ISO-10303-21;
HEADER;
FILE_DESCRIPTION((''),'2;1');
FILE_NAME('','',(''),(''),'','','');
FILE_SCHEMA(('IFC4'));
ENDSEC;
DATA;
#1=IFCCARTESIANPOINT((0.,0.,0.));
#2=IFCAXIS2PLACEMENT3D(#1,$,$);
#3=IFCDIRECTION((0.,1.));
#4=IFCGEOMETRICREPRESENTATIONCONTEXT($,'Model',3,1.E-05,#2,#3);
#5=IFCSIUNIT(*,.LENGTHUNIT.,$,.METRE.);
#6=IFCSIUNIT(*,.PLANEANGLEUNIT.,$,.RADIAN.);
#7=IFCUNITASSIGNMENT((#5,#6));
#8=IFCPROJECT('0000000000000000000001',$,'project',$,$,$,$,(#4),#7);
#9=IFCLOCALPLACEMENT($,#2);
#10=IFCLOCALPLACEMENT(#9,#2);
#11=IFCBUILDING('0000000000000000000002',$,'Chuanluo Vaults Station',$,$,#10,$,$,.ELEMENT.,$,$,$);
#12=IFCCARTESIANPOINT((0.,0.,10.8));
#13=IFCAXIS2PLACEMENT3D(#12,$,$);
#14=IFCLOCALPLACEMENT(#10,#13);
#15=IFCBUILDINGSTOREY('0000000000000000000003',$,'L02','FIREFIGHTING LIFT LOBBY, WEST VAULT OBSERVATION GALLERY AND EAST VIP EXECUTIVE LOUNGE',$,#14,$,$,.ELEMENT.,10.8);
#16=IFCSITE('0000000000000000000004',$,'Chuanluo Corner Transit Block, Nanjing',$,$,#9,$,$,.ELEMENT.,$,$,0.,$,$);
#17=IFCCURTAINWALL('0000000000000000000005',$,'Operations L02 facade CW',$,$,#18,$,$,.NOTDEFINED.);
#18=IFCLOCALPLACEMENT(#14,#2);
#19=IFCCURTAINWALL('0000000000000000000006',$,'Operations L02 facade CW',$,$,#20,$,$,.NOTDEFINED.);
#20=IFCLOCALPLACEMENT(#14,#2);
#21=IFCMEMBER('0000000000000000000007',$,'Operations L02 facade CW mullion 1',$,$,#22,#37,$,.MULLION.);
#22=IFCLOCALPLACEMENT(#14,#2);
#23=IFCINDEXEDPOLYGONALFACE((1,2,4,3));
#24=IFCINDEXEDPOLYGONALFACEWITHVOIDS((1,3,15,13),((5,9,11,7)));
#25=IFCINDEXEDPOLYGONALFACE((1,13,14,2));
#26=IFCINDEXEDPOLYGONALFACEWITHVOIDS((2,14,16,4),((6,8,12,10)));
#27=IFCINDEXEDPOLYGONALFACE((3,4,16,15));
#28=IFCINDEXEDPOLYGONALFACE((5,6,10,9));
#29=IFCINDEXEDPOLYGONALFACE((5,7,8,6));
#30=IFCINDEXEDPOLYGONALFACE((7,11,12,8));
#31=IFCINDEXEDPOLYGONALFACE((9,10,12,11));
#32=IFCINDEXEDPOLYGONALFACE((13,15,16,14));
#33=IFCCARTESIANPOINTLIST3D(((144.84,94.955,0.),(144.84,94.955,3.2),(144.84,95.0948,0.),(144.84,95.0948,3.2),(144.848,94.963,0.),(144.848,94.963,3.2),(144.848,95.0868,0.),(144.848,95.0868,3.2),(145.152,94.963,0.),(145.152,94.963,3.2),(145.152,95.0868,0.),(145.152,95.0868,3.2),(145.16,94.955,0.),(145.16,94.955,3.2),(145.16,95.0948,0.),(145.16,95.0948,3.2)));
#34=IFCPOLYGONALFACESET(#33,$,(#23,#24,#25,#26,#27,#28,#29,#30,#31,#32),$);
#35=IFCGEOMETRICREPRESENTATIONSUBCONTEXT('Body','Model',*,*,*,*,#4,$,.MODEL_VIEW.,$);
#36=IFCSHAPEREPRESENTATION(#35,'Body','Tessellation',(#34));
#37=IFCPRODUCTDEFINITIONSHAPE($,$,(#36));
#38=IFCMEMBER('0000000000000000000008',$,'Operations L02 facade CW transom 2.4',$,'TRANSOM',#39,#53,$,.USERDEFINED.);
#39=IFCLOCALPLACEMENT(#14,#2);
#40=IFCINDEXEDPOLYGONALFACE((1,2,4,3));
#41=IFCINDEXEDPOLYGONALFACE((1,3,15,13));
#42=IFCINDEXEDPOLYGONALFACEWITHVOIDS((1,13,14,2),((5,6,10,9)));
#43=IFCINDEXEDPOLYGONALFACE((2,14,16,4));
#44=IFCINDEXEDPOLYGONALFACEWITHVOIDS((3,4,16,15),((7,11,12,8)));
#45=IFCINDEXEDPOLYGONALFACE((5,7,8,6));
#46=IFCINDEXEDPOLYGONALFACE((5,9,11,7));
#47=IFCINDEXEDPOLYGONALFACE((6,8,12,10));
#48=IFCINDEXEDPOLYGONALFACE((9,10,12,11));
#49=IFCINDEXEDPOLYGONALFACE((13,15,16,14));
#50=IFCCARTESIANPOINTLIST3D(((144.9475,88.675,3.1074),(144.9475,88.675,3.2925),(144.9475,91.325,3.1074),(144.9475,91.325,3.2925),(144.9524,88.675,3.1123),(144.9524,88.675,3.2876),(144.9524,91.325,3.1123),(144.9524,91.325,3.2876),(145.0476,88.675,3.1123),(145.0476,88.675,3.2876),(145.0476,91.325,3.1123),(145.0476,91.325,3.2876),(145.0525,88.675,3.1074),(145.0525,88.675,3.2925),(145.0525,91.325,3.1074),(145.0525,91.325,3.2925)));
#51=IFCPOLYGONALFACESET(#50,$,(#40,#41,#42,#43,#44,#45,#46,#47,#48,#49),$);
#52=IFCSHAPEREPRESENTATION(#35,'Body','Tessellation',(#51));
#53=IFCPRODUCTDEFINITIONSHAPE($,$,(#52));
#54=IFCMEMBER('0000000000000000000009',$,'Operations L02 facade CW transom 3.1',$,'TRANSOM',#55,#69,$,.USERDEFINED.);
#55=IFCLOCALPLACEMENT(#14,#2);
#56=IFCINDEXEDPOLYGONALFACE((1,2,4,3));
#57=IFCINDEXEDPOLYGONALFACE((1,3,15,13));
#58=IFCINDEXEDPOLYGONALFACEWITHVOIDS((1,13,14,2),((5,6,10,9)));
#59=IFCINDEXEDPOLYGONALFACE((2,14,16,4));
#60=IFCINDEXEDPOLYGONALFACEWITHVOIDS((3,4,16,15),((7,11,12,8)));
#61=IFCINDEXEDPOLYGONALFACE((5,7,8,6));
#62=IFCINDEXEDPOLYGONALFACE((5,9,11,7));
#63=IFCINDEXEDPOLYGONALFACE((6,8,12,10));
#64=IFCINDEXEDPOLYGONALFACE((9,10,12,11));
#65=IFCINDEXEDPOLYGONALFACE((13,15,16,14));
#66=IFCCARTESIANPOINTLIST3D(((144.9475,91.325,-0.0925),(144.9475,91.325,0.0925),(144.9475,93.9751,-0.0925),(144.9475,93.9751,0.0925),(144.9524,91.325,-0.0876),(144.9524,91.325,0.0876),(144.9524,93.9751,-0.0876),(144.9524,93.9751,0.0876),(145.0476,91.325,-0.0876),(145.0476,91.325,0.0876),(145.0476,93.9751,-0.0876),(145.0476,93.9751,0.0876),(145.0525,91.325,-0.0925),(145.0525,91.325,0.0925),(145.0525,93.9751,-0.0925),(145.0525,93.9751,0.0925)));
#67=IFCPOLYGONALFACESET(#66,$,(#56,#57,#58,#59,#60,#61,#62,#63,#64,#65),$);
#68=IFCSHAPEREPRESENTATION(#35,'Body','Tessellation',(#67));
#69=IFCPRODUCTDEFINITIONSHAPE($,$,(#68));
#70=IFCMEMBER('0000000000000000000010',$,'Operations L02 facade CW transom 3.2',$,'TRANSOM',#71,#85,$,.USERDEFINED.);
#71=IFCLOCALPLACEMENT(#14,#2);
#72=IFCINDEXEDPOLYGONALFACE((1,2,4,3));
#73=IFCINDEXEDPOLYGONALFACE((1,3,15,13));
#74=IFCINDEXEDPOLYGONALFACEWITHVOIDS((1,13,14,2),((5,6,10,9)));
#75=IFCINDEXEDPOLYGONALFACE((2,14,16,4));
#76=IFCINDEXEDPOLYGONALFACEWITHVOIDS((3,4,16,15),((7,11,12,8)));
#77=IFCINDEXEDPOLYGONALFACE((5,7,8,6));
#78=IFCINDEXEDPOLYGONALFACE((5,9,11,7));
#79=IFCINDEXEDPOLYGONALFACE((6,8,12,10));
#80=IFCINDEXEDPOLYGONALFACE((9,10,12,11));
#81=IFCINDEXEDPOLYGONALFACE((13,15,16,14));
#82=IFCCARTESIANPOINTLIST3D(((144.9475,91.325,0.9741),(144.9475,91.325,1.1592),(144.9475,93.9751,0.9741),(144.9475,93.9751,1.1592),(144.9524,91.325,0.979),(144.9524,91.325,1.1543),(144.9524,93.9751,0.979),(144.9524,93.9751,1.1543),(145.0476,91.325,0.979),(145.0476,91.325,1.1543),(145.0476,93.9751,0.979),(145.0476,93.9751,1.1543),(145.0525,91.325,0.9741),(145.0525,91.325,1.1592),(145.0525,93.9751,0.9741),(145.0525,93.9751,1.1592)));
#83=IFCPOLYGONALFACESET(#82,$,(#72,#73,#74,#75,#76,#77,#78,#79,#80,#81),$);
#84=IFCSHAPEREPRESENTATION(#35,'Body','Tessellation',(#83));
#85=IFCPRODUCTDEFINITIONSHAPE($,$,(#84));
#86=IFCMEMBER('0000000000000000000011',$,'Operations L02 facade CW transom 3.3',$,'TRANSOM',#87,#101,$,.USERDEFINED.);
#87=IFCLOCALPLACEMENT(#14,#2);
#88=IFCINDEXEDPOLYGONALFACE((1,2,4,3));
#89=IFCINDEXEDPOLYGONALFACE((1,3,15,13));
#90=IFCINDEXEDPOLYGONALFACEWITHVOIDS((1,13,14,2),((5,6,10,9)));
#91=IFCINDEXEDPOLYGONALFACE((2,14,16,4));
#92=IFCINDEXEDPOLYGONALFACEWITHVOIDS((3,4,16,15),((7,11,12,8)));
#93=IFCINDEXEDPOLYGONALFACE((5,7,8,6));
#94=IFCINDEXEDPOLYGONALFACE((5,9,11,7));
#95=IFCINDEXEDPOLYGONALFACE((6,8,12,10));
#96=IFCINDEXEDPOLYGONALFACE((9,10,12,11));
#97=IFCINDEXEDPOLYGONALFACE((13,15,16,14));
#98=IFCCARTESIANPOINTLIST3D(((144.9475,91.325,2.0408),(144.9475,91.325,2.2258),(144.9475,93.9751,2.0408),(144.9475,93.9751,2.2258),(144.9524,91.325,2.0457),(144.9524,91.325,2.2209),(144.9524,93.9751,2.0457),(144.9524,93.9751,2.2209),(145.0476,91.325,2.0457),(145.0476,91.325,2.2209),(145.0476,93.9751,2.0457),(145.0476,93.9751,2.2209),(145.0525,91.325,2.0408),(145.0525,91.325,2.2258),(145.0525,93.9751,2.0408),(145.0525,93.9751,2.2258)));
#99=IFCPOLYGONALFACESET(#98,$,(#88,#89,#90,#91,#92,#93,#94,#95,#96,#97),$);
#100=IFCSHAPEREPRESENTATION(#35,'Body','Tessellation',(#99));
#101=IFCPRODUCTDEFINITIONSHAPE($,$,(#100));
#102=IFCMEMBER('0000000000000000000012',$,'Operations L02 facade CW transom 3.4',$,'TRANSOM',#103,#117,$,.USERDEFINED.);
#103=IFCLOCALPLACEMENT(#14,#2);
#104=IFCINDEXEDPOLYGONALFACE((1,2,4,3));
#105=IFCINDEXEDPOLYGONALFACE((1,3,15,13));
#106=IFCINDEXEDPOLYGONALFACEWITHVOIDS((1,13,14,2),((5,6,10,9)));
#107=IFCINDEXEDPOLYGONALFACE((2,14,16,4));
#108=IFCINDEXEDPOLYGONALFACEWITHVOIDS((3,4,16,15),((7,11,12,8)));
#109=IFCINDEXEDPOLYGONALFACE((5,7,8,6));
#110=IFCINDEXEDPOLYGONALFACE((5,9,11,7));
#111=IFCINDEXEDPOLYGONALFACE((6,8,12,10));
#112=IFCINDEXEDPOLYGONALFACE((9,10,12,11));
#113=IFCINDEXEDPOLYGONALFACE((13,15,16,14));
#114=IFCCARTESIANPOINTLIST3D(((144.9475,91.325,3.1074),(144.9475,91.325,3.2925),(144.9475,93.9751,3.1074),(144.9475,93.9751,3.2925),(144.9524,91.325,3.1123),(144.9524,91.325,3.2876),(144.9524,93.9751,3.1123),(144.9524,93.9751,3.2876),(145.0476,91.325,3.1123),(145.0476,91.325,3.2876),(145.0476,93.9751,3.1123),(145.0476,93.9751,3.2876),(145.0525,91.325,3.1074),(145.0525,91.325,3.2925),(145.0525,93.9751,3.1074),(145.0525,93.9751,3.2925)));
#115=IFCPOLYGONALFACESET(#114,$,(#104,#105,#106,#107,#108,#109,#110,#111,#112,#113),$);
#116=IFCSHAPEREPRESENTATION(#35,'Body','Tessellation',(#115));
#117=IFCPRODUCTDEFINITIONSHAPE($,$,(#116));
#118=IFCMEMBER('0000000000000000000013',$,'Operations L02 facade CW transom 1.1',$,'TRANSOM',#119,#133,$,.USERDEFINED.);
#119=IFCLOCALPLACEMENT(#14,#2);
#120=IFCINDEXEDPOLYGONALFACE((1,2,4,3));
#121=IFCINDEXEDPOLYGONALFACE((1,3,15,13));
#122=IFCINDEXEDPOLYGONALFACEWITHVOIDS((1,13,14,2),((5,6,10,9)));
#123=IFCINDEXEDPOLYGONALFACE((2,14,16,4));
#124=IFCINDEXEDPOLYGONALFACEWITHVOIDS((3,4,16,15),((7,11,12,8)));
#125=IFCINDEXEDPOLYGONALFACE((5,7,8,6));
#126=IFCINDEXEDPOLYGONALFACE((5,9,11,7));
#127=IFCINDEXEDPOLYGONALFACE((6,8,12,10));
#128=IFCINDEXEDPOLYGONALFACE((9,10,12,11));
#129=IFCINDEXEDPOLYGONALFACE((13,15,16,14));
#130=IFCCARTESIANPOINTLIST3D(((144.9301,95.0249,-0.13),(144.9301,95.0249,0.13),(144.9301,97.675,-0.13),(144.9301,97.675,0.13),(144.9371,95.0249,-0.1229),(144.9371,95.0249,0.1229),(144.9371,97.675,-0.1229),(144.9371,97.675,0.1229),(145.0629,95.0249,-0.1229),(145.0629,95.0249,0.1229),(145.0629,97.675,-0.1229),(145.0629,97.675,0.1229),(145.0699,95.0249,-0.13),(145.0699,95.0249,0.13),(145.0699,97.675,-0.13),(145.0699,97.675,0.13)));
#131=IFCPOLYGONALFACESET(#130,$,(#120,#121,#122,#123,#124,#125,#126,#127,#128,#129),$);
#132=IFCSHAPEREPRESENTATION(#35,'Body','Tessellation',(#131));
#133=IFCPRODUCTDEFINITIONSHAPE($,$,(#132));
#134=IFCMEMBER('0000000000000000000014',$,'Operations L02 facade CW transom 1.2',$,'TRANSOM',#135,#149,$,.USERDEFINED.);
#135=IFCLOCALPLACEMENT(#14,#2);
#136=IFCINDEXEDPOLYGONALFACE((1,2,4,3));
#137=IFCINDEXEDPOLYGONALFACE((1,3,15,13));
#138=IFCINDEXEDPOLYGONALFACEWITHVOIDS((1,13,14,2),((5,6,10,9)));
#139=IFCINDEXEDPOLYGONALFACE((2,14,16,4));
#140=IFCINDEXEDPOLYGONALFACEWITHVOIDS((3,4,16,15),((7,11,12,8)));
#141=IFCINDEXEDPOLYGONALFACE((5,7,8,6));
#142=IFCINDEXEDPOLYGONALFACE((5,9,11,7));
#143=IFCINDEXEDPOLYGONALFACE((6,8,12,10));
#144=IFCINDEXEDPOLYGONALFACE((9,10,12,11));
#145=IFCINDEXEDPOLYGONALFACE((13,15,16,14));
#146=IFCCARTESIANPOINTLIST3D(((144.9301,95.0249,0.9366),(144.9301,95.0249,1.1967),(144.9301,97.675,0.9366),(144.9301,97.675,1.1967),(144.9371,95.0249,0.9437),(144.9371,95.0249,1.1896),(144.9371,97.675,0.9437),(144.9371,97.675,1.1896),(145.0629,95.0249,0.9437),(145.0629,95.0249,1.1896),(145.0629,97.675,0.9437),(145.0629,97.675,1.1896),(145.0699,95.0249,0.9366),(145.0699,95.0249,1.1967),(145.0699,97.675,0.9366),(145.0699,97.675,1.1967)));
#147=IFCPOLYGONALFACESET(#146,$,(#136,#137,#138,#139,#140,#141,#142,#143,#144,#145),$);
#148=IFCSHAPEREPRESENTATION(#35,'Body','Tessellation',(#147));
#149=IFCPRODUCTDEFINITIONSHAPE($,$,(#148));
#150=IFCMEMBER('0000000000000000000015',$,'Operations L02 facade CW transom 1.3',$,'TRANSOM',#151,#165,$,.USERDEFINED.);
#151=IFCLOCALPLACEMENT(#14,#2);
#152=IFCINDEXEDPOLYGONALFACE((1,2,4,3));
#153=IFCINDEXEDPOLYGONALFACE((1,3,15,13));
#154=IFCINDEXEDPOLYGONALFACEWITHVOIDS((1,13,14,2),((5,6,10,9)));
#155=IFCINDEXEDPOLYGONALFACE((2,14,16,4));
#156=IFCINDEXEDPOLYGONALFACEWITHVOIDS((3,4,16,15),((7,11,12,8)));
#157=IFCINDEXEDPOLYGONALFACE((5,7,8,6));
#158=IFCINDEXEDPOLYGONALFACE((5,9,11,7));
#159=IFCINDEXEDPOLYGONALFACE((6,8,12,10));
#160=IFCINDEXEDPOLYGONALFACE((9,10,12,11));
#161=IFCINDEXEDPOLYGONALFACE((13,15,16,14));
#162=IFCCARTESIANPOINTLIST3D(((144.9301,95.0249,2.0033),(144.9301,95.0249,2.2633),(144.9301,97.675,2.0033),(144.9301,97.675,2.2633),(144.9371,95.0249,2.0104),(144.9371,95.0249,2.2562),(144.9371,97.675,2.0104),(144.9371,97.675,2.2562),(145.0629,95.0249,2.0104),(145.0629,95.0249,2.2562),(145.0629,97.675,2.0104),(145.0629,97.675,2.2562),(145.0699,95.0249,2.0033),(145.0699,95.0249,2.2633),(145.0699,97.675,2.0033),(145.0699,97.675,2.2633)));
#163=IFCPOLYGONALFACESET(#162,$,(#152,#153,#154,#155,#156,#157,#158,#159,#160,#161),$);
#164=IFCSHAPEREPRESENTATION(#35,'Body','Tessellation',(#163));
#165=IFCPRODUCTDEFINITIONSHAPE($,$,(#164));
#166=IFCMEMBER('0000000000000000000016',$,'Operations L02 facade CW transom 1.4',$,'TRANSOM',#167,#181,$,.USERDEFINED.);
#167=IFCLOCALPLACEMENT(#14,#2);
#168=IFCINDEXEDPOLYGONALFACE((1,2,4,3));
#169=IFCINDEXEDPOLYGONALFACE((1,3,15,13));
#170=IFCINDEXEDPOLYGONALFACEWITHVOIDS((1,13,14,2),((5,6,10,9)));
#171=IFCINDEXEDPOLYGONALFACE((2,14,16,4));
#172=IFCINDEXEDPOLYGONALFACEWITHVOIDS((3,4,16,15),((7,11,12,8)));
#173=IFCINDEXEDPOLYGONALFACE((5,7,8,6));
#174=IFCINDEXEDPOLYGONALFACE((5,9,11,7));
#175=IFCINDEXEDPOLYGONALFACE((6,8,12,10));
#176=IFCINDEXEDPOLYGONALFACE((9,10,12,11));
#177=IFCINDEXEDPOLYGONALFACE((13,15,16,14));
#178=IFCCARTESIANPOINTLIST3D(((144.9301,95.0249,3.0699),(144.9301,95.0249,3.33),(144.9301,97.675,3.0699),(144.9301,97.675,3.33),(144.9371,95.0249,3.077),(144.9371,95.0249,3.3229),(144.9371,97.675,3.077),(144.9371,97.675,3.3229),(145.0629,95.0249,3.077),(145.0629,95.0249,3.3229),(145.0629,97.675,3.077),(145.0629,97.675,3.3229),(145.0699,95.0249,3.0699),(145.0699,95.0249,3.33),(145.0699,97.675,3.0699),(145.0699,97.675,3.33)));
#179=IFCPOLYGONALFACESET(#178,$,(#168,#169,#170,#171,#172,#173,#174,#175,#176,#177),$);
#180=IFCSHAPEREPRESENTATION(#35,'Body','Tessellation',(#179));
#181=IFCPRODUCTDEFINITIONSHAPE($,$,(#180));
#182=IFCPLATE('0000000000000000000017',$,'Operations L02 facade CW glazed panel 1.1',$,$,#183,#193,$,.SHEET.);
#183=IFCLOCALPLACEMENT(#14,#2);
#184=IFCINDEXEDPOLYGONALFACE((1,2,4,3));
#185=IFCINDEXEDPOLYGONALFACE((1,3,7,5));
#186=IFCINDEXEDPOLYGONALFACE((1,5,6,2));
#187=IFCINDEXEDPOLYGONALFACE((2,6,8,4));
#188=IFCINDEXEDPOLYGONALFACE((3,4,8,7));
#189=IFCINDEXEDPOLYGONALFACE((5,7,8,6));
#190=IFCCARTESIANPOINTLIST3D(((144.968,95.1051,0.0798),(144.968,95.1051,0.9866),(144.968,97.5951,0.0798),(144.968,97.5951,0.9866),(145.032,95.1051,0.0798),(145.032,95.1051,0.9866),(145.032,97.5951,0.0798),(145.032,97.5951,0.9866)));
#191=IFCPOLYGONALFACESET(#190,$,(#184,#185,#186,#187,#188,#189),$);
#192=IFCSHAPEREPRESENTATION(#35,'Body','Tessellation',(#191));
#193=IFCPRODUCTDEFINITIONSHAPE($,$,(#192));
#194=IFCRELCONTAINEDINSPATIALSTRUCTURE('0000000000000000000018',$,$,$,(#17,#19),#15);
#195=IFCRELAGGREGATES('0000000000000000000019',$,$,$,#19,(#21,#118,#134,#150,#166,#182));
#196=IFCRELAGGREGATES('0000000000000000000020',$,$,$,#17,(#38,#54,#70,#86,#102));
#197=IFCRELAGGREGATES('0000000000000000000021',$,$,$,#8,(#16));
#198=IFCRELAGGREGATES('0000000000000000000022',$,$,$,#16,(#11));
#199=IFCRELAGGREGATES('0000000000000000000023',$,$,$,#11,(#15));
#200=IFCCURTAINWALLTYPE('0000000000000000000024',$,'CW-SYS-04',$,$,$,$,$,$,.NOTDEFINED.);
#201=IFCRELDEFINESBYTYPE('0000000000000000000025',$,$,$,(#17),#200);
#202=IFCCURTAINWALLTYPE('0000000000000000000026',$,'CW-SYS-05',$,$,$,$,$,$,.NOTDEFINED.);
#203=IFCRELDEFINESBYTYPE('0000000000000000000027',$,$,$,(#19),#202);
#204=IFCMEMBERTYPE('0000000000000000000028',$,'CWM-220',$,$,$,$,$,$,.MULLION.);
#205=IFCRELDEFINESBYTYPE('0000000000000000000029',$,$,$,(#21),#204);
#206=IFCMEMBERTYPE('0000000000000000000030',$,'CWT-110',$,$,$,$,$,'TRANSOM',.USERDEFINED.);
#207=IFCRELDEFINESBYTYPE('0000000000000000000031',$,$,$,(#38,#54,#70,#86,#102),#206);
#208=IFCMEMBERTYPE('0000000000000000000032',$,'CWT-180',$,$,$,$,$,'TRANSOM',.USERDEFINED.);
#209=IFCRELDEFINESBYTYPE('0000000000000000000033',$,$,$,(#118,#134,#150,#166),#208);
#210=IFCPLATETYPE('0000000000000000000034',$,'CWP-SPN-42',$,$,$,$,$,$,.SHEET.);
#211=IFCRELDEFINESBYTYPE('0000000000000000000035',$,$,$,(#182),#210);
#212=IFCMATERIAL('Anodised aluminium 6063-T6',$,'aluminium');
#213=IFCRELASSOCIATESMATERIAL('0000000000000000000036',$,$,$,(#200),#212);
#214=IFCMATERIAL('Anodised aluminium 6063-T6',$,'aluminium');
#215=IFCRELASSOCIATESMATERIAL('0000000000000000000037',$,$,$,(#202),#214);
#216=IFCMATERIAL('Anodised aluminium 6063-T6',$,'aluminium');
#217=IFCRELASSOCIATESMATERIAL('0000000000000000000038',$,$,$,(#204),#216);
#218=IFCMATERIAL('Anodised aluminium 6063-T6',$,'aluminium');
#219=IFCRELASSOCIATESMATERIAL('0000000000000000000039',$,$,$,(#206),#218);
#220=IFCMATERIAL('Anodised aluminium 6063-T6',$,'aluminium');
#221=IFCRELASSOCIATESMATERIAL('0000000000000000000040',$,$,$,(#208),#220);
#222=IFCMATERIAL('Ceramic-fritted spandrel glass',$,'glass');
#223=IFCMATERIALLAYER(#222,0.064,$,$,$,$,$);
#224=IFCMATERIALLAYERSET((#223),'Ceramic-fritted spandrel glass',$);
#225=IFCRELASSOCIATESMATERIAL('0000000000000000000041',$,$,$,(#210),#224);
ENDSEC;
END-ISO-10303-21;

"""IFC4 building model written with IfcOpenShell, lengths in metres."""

from ifc_helpers import new_model, si_unit, direction, frame, origin, origin_2d, place, context, subcontext, project, spatial, rectangle, hollow_rectangle, extrude, material, layer, layer_set, material_profile, profile_set, type_object, element, aggregate, save


model = new_model("IFC4")

# Units and contexts
model_context = context("Model", 3, precision=1e-05, world=origin(), true_north=direction((0.0, 1.0)))
body_context = subcontext(model_context, "Body", "Model", "MODEL_VIEW")
ifc_project = project(units=[si_unit("LENGTHUNIT", "METRE"), si_unit("PLANEANGLEUNIT", "RADIAN")], contexts=[model_context])

# Site, building, storey
site_placement = place(None, origin())
site = spatial("IfcSite", under=ifc_project, at=site_placement, Name="Chuanluo Corner Transit Block, Nanjing", CompositionType="ELEMENT", RefElevation=0.0)
building_placement = place(site_placement, origin())
building = spatial("IfcBuilding", under=site, at=building_placement, Name="Chuanluo Vaults Station", CompositionType="ELEMENT")
storey_placement = place(building_placement, frame((0.0, 0.0, 10.8)))
storey = spatial("IfcBuildingStorey", under=building, at=storey_placement, Name="L02", Description="FIREFIGHTING LIFT LOBBY, WEST VAULT OBSERVATION GALLERY AND EAST VIP EXECUTIVE LOUNGE", CompositionType="ELEMENT", Elevation=10.8)

# Curtain wall
ifc_material_1 = material(Name="Anodised aluminium 6063-T6", Category="aluminium")
curtain_wall_type_1 = type_object("IfcCurtainWallType", Name="CW-SYS-04", PredefinedType="NOTDEFINED", material=ifc_material_1)
curtain_wall_1_placement = place(storey_placement, origin())
curtain_wall_1 = element("IfcCurtainWall", 1, at=curtain_wall_1_placement, inside=storey, type_object=curtain_wall_type_1, Name="Operations L02 facade CW", PredefinedType="NOTDEFINED")

# Curtain wall, member
ifc_material_2 = material(Name="Anodised aluminium 6063-T6", Category="aluminium")
curtain_wall_type_2 = type_object("IfcCurtainWallType", Name="CW-SYS-05", PredefinedType="NOTDEFINED", material=ifc_material_2)
curtain_wall_2_placement = place(storey_placement, origin())
curtain_wall_2 = element("IfcCurtainWall", 2, at=curtain_wall_2_placement, inside=storey, type_object=curtain_wall_type_2, Name="Operations L02 facade CW", PredefinedType="NOTDEFINED")
ifc_material_3 = material(Name="Anodised aluminium 6063-T6", Category="aluminium")
ifc_material_profile_1 = material_profile(ifc_material_3, hollow_rectangle(XDim=0.1399, YDim=0.3201, WallThickness=0.0081, at=origin_2d()))
ifc_profile_set_1 = profile_set([ifc_material_profile_1], Name="Anodised aluminium 6063-T6")
member_type_1 = type_object("IfcMemberType", Name="CWM-220", PredefinedType="MULLION", material=ifc_profile_set_1)
member_1_placement = place(storey_placement, frame((145.0, 95.0249, 0.0), z_axis=(0.0, 0.0, 1.0), x_axis=(0.0, 1.0, 0.0)))
member_1 = element("IfcMember", 3, at=member_1_placement, type_object=member_type_1, Name="Operations L02 facade CW mullion 1", PredefinedType="MULLION", context=body_context, shape_type="SweptSolid", body=[
    extrude(hollow_rectangle(XDim=0.1399, YDim=0.3201, WallThickness=0.0081, at=origin_2d()), origin(), (0.0, 0.0, 1.0), 3.2),
])

# Members
ifc_material_4 = material(Name="Anodised aluminium 6063-T6", Category="aluminium")
ifc_material_profile_2 = material_profile(ifc_material_4, hollow_rectangle(XDim=0.105, YDim=0.1851, WallThickness=0.0049, at=origin_2d()))
ifc_profile_set_2 = profile_set([ifc_material_profile_2], Name="Anodised aluminium 6063-T6")
member_type_2 = type_object("IfcMemberType", Name="CWT-110", ElementType="TRANSOM", PredefinedType="USERDEFINED", material=ifc_profile_set_2)
member_2_placement = place(storey_placement, frame((145.0, 88.675, 3.2), z_axis=(0.0, 1.0, 0.0), x_axis=(-1.0, 0.0, 0.0)))
member_2 = element("IfcMember", 4, at=member_2_placement, type_object=member_type_2, Name="Operations L02 facade CW transom 2.4", ObjectType="TRANSOM", PredefinedType="USERDEFINED", context=body_context, shape_type="SweptSolid", body=[
    extrude(hollow_rectangle(XDim=0.105, YDim=0.1851, WallThickness=0.0049, at=origin_2d()), origin(), (0.0, 0.0, 1.0), 2.6499),
])
member_3_placement = place(storey_placement, frame((145.0, 91.325, 0.0), z_axis=(0.0, 1.0, 0.0), x_axis=(-1.0, 0.0, 0.0)))
member_3 = element("IfcMember", 5, at=member_3_placement, type_object=member_type_2, Name="Operations L02 facade CW transom 3.1", ObjectType="TRANSOM", PredefinedType="USERDEFINED", context=body_context, shape_type="SweptSolid", body=[
    extrude(hollow_rectangle(XDim=0.105, YDim=0.1851, WallThickness=0.0049, at=origin_2d()), origin(), (0.0, 0.0, 1.0), 2.6501),
])
member_4_placement = place(storey_placement, frame((145.0, 91.325, 1.0667), z_axis=(0.0, 1.0, 0.0), x_axis=(-1.0, 0.0, 0.0)))
member_4 = element("IfcMember", 6, at=member_4_placement, type_object=member_type_2, Name="Operations L02 facade CW transom 3.2", ObjectType="TRANSOM", PredefinedType="USERDEFINED", context=body_context, shape_type="SweptSolid", body=[
    extrude(hollow_rectangle(XDim=0.105, YDim=0.1851, WallThickness=0.0049, at=origin_2d()), origin(), (0.0, 0.0, 1.0), 2.6501),
])
member_5_placement = place(storey_placement, frame((145.0, 91.325, 2.1333), z_axis=(0.0, 1.0, 0.0), x_axis=(-1.0, 0.0, 0.0)))
member_5 = element("IfcMember", 7, at=member_5_placement, type_object=member_type_2, Name="Operations L02 facade CW transom 3.3", ObjectType="TRANSOM", PredefinedType="USERDEFINED", context=body_context, shape_type="SweptSolid", body=[
    extrude(hollow_rectangle(XDim=0.105, YDim=0.1851, WallThickness=0.0049, at=origin_2d()), origin(), (0.0, 0.0, 1.0), 2.6501),
])
member_6_placement = place(storey_placement, frame((145.0, 91.325, 3.2), z_axis=(0.0, 1.0, 0.0), x_axis=(-1.0, 0.0, 0.0)))
member_6 = element("IfcMember", 8, at=member_6_placement, type_object=member_type_2, Name="Operations L02 facade CW transom 3.4", ObjectType="TRANSOM", PredefinedType="USERDEFINED", context=body_context, shape_type="SweptSolid", body=[
    extrude(hollow_rectangle(XDim=0.105, YDim=0.1851, WallThickness=0.0049, at=origin_2d()), origin(), (0.0, 0.0, 1.0), 2.6501),
])
ifc_material_5 = material(Name="Anodised aluminium 6063-T6", Category="aluminium")
ifc_material_profile_3 = material_profile(ifc_material_5, hollow_rectangle(XDim=0.1399, YDim=0.26, WallThickness=0.0071, at=origin_2d()))
ifc_profile_set_3 = profile_set([ifc_material_profile_3], Name="Anodised aluminium 6063-T6")
member_type_3 = type_object("IfcMemberType", Name="CWT-180", ElementType="TRANSOM", PredefinedType="USERDEFINED", material=ifc_profile_set_3)
member_7_placement = place(storey_placement, frame((145.0, 95.0249, 0.0), z_axis=(0.0, 1.0, 0.0), x_axis=(-1.0, 0.0, 0.0)))
member_7 = element("IfcMember", 9, at=member_7_placement, type_object=member_type_3, Name="Operations L02 facade CW transom 1.1", ObjectType="TRANSOM", PredefinedType="USERDEFINED", context=body_context, shape_type="SweptSolid", body=[
    extrude(hollow_rectangle(XDim=0.1399, YDim=0.26, WallThickness=0.0071, at=origin_2d()), origin(), (0.0, 0.0, 1.0), 2.6501),
])
member_8_placement = place(storey_placement, frame((145.0, 95.0249, 1.0667), z_axis=(0.0, 1.0, 0.0), x_axis=(-1.0, 0.0, 0.0)))
member_8 = element("IfcMember", 10, at=member_8_placement, type_object=member_type_3, Name="Operations L02 facade CW transom 1.2", ObjectType="TRANSOM", PredefinedType="USERDEFINED", context=body_context, shape_type="SweptSolid", body=[
    extrude(hollow_rectangle(XDim=0.1399, YDim=0.26, WallThickness=0.0071, at=origin_2d()), origin(), (0.0, 0.0, 1.0), 2.6501),
])
member_9_placement = place(storey_placement, frame((145.0, 95.0249, 2.1333), z_axis=(0.0, 1.0, 0.0), x_axis=(-1.0, 0.0, 0.0)))
member_9 = element("IfcMember", 11, at=member_9_placement, type_object=member_type_3, Name="Operations L02 facade CW transom 1.3", ObjectType="TRANSOM", PredefinedType="USERDEFINED", context=body_context, shape_type="SweptSolid", body=[
    extrude(hollow_rectangle(XDim=0.1399, YDim=0.26, WallThickness=0.0071, at=origin_2d()), origin(), (0.0, 0.0, 1.0), 2.6501),
])
member_10_placement = place(storey_placement, frame((145.0, 95.0249, 3.2), z_axis=(0.0, 1.0, 0.0), x_axis=(-1.0, 0.0, 0.0)))
member_10 = element("IfcMember", 12, at=member_10_placement, type_object=member_type_3, Name="Operations L02 facade CW transom 1.4", ObjectType="TRANSOM", PredefinedType="USERDEFINED", context=body_context, shape_type="SweptSolid", body=[
    extrude(hollow_rectangle(XDim=0.1399, YDim=0.26, WallThickness=0.0071, at=origin_2d()), origin(), (0.0, 0.0, 1.0), 2.6501),
])

# Plate
ifc_material_6 = material(Name="Ceramic-fritted spandrel glass", Category="glass")
ifc_layer_1 = layer(ifc_material_6, 0.064)
ifc_layer_set_1 = layer_set([ifc_layer_1], Name="Ceramic-fritted spandrel glass")
plate_type_1 = type_object("IfcPlateType", Name="CWP-SPN-42", PredefinedType="SHEET", material=ifc_layer_set_1)
plate_1_placement = place(storey_placement, frame((145.0, 96.3501, 0.0798), z_axis=(0.0, 0.0, 1.0), x_axis=(0.0, 1.0, 0.0)))
plate_1 = element("IfcPlate", 13, at=plate_1_placement, type_object=plate_type_1, Name="Operations L02 facade CW glazed panel 1.1", PredefinedType="SHEET", context=body_context, shape_type="SweptSolid", body=[
    extrude(rectangle(XDim=2.49, YDim=0.064, at=origin_2d()), origin(), (0.0, 0.0, 1.0), 0.9067),
])
aggregate(curtain_wall_2, [member_1, member_7, member_8, member_9, member_10, plate_1])
aggregate(curtain_wall_1, [member_2, member_3, member_4, member_5, member_6])

save(model, "model.ifc")
